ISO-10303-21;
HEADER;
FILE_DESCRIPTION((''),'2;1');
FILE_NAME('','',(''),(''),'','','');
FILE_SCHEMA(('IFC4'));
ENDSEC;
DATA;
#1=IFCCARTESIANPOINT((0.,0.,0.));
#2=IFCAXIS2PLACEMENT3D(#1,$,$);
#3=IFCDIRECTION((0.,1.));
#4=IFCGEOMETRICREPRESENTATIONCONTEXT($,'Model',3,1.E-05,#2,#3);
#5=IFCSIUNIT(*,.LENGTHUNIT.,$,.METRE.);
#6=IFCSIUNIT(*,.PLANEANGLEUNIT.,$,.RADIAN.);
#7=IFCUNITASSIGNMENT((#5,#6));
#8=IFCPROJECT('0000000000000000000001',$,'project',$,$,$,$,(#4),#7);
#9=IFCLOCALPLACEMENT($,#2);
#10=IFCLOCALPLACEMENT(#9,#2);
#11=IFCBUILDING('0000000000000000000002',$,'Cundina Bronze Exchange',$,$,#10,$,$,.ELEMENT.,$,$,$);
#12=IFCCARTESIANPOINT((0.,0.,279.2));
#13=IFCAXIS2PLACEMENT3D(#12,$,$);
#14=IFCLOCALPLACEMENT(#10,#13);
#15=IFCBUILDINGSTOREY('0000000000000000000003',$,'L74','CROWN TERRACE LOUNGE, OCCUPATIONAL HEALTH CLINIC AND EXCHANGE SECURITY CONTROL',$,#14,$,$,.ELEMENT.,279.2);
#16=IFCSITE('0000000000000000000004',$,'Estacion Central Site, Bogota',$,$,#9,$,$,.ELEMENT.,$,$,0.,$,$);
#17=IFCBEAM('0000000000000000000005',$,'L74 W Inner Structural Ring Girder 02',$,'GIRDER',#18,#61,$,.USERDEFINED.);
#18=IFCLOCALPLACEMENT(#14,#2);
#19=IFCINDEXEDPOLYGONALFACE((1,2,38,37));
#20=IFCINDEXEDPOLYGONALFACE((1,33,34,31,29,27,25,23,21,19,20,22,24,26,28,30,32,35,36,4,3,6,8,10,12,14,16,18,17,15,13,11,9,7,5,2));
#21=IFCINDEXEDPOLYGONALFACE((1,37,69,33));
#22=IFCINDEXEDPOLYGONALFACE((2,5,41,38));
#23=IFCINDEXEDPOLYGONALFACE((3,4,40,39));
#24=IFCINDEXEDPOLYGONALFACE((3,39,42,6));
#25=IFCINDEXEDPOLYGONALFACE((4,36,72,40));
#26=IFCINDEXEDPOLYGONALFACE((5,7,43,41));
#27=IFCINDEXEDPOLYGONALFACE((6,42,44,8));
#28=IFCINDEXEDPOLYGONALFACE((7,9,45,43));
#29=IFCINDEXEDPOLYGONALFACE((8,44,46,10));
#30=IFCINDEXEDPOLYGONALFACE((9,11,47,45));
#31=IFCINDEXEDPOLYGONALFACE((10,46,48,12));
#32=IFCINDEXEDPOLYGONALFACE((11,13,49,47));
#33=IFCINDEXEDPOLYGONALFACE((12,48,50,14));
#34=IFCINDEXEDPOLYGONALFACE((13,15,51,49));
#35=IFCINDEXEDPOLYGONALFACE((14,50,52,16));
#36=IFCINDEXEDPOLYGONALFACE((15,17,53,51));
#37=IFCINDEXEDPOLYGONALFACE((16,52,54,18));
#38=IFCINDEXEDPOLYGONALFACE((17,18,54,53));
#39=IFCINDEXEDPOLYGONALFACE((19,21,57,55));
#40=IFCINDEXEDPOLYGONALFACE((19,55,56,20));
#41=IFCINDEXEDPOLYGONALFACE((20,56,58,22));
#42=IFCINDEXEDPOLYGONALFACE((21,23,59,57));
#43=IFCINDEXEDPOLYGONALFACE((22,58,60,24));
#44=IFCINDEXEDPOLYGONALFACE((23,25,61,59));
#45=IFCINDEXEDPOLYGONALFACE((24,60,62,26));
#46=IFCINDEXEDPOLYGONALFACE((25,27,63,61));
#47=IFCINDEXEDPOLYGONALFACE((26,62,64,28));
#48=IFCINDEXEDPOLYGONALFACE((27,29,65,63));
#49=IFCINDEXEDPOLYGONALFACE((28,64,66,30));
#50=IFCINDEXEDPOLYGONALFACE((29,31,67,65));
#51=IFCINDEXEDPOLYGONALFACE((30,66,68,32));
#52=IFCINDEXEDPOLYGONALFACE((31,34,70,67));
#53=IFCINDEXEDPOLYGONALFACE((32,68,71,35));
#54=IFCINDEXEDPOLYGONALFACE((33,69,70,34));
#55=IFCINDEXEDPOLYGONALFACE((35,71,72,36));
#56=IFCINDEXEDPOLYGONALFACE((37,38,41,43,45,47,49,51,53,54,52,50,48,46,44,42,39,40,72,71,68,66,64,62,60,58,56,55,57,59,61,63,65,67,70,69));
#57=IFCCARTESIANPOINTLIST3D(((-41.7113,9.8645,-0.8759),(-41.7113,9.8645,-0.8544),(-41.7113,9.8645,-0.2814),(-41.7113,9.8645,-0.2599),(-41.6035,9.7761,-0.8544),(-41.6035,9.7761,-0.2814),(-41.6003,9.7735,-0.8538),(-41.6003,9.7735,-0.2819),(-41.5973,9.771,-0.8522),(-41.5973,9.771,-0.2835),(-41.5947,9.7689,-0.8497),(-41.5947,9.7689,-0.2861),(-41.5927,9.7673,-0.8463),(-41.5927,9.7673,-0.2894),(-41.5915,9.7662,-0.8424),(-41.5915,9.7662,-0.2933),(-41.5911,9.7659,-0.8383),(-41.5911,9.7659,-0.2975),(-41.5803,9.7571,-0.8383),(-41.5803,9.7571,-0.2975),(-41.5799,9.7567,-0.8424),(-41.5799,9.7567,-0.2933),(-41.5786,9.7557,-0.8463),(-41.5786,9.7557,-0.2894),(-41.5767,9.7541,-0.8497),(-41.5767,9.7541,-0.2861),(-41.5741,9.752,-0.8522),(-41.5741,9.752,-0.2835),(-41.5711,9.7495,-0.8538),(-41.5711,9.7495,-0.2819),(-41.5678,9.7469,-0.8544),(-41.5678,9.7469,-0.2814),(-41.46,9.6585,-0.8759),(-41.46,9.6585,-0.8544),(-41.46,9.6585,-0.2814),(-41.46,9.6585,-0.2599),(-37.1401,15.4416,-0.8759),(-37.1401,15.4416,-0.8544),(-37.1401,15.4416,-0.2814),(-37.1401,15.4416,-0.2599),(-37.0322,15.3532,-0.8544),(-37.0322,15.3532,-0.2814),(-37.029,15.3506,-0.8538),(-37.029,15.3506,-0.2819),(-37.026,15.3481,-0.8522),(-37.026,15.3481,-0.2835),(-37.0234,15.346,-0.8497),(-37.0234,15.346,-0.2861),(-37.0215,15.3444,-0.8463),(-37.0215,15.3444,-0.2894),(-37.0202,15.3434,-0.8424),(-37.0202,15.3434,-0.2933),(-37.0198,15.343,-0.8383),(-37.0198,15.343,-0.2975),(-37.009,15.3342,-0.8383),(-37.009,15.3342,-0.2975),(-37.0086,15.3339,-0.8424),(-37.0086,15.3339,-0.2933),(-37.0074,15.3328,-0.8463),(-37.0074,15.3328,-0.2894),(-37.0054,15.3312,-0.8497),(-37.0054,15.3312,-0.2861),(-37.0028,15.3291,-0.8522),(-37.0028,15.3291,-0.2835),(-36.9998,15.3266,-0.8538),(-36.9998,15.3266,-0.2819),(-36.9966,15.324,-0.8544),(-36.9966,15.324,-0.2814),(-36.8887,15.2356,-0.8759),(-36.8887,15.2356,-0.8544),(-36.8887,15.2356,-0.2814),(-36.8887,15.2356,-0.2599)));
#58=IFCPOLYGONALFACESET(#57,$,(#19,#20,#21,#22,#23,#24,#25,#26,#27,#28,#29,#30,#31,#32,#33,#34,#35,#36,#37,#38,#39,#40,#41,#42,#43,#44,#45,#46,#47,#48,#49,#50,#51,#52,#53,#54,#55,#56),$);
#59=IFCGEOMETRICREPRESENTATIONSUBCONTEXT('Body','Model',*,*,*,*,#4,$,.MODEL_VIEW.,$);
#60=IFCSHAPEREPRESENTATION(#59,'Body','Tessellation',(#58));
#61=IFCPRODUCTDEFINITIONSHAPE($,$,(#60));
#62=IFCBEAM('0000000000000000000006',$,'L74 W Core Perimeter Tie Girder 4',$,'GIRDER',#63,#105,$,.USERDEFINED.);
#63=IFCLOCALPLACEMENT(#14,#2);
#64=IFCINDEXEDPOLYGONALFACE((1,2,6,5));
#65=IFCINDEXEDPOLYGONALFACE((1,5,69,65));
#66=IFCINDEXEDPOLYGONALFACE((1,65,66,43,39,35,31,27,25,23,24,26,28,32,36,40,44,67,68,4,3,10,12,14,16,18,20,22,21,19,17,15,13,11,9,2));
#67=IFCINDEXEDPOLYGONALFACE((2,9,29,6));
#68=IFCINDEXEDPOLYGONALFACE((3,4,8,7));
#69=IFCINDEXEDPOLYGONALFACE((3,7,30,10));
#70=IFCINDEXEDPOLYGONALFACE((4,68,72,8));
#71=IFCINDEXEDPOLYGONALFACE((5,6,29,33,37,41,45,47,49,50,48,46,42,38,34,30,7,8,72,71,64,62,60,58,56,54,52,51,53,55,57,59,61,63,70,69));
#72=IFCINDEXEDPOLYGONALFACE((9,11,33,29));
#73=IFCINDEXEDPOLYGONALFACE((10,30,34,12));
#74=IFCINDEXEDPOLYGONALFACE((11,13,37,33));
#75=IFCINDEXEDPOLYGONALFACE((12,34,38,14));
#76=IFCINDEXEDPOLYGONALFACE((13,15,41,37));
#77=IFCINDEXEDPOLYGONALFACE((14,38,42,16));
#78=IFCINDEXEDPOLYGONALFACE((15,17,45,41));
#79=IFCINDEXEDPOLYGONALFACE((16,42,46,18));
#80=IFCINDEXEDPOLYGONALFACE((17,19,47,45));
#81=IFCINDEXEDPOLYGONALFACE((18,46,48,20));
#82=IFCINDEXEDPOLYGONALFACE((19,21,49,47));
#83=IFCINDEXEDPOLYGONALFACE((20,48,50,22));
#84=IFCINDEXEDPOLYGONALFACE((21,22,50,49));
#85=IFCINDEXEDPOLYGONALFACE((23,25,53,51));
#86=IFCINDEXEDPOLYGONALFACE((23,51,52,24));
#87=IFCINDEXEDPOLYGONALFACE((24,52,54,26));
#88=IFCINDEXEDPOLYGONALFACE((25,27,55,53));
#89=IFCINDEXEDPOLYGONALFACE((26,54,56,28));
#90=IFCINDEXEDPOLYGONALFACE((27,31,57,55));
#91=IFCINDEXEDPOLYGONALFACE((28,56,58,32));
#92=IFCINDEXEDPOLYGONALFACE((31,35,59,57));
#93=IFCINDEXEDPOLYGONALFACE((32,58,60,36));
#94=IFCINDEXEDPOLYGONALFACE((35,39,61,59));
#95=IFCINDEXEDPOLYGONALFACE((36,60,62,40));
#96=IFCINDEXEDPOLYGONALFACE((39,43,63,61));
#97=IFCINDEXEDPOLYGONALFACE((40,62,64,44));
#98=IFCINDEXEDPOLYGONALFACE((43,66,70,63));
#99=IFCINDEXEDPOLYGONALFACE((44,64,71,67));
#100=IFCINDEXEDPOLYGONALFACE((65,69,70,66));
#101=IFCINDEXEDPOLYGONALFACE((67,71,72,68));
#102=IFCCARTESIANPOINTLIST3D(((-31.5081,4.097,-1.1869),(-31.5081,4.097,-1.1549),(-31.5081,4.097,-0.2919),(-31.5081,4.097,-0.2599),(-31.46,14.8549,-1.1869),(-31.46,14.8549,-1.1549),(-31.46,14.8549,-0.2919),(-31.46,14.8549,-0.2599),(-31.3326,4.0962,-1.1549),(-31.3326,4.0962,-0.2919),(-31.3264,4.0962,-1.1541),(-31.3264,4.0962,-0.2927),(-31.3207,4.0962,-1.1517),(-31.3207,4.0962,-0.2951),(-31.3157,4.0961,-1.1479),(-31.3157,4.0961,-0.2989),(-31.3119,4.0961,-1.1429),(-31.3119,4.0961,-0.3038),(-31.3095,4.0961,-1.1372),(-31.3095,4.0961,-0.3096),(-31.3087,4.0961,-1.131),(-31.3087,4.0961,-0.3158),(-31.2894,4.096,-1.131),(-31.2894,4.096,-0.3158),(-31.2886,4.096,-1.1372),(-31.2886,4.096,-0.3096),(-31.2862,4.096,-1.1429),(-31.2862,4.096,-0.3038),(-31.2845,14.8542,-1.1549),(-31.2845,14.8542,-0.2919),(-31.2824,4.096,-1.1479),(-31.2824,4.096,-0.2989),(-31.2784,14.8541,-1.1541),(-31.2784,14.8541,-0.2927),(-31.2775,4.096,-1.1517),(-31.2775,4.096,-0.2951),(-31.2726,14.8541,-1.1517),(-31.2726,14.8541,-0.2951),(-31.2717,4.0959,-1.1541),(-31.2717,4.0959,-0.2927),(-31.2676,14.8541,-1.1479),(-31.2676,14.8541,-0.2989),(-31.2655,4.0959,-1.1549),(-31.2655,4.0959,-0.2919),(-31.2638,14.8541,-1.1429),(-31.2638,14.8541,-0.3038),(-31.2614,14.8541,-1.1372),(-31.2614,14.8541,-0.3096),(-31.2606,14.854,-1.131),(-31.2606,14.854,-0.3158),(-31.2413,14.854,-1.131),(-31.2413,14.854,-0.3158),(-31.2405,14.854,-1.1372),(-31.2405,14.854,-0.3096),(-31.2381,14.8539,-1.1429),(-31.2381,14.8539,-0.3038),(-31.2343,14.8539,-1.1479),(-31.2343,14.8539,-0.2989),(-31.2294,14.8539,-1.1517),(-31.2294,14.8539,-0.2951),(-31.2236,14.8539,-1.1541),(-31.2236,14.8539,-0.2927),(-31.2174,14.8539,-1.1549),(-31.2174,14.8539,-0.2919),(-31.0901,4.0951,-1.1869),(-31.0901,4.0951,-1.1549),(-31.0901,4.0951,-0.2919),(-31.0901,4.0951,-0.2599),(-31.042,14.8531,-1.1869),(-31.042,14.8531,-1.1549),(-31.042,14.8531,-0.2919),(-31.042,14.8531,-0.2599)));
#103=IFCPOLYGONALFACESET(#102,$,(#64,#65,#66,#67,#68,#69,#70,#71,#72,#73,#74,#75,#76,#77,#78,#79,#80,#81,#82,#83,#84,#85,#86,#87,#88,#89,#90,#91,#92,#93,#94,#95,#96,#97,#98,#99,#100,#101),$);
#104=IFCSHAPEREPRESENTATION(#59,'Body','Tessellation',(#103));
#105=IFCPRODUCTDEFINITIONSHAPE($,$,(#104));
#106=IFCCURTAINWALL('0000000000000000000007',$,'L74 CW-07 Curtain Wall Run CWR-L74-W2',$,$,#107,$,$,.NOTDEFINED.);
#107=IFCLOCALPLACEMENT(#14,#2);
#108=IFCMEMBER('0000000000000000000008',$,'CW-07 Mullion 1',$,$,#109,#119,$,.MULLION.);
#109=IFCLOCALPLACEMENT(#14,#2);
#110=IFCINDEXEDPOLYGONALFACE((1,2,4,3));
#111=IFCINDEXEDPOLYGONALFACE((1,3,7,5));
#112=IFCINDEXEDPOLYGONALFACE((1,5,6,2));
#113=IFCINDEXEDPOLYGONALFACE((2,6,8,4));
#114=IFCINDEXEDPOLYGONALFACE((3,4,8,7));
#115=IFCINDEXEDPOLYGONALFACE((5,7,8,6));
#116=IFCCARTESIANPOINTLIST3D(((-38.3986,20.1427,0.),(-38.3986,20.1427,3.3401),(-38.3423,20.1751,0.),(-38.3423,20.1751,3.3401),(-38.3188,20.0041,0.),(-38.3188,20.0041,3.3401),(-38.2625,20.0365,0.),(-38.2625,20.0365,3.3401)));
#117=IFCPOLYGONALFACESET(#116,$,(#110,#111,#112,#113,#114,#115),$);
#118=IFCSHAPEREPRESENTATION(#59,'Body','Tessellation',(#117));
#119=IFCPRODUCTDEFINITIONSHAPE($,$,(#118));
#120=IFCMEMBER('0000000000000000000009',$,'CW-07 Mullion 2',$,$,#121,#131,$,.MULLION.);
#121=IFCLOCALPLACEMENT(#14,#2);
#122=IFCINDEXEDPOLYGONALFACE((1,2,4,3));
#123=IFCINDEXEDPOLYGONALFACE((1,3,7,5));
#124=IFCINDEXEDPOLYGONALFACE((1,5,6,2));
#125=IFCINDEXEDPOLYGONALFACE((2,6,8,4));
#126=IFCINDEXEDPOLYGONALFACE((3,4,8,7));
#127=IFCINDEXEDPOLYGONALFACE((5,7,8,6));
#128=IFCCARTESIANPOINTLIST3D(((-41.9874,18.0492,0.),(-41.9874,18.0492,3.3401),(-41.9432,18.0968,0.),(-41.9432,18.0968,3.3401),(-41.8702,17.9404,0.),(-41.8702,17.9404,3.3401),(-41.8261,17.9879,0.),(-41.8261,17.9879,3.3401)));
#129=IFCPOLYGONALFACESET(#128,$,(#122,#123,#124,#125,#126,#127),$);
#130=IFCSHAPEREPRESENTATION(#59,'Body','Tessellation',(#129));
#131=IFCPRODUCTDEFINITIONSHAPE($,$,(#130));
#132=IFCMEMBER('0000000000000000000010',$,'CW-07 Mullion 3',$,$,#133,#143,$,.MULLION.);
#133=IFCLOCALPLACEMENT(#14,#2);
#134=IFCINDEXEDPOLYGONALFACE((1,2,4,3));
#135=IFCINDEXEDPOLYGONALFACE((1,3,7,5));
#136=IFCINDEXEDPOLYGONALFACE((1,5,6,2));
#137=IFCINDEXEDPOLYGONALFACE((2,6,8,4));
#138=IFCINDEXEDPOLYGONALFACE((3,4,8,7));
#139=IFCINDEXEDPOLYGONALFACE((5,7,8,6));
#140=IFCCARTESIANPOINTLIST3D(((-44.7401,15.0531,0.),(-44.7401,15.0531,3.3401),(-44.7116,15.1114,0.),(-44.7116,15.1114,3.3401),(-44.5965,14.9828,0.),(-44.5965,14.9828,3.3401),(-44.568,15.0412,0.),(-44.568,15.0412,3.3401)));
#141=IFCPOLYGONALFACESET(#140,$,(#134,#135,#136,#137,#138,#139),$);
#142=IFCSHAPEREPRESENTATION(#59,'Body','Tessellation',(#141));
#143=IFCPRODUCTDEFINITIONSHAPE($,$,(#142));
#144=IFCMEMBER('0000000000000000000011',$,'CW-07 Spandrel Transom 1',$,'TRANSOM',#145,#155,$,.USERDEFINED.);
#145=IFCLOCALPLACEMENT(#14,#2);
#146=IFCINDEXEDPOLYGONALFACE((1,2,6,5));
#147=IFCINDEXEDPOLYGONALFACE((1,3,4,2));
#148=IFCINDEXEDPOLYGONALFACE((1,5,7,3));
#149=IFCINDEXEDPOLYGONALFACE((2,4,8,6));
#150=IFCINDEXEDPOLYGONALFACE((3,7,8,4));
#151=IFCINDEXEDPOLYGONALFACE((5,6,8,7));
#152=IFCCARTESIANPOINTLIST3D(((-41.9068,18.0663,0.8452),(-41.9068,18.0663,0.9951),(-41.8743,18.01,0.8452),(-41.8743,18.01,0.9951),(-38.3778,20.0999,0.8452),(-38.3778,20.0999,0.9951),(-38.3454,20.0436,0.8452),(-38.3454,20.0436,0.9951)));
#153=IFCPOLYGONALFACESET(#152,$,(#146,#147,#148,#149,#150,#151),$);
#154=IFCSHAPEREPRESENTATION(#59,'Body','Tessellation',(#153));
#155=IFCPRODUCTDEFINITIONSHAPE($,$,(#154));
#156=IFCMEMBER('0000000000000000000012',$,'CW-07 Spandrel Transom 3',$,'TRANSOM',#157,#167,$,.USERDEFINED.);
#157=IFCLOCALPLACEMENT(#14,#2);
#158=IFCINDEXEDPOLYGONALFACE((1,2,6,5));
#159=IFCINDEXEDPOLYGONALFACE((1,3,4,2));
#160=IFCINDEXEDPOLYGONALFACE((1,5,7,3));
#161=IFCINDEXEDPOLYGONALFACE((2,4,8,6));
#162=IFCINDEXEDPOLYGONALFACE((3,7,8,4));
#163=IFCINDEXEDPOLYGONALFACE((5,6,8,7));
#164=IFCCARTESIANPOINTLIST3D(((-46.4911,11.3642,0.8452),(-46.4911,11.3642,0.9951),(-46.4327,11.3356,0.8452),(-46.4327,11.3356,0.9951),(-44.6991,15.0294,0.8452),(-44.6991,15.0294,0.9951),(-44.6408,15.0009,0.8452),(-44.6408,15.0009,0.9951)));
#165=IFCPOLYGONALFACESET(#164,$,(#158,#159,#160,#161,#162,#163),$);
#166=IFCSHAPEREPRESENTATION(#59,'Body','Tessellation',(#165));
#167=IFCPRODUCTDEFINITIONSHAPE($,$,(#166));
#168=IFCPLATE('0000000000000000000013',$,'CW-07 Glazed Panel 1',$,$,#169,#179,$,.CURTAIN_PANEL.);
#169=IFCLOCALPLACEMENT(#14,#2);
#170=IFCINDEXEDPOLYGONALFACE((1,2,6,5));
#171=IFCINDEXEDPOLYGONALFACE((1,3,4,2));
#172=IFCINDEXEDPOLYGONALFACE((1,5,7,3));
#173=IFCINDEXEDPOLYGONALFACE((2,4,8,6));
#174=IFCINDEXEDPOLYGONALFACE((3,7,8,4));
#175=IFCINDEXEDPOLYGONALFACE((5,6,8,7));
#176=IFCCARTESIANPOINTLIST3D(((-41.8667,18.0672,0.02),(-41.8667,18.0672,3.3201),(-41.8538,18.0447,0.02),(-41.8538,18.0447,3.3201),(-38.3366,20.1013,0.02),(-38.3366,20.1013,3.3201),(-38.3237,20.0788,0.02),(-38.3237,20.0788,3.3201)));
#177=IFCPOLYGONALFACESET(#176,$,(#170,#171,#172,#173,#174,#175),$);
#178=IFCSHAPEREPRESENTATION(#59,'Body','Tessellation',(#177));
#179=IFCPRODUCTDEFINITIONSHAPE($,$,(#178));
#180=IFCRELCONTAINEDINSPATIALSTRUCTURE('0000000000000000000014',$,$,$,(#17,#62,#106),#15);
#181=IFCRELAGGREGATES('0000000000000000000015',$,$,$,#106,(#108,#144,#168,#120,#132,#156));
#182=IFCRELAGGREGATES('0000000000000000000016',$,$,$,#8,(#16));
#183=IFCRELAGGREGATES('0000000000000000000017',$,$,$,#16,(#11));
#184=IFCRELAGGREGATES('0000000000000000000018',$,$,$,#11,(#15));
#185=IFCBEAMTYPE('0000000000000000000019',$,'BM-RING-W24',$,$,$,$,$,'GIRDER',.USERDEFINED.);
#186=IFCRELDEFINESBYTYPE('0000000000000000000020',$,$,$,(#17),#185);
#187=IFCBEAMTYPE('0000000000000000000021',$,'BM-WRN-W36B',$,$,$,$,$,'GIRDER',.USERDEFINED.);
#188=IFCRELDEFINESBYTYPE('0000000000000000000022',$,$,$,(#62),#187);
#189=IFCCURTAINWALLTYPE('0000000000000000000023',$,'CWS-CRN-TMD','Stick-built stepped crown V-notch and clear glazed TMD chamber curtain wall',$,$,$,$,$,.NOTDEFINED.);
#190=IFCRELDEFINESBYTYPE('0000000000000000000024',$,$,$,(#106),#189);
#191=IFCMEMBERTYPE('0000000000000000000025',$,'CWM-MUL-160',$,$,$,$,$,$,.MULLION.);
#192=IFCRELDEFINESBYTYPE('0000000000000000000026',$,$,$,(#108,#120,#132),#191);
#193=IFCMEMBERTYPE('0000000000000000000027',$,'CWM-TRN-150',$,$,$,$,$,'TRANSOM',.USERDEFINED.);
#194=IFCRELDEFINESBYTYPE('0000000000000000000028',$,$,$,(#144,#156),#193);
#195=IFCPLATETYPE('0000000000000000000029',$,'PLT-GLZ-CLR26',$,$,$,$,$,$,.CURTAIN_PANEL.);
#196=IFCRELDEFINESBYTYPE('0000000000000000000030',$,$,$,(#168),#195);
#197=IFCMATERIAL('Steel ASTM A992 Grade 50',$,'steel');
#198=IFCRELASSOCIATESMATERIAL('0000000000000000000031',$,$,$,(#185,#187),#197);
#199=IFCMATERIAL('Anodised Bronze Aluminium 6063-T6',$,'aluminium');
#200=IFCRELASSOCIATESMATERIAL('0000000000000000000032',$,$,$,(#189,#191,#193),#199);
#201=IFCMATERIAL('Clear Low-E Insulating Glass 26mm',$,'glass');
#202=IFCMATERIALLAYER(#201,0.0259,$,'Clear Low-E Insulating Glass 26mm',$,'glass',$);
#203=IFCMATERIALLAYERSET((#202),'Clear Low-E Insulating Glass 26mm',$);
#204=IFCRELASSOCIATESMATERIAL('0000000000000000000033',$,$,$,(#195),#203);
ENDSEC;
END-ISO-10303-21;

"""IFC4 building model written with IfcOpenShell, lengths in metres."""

from ifc_helpers import new_model, si_unit, direction, frame, origin, origin_2d, place, context, subcontext, project, spatial, rectangle, i_section, extrude, material, layer, layer_set, material_profile, profile_set, type_object, element, aggregate, save


model = new_model("IFC4")

# Units and contexts
model_context = context("Model", 3, precision=1e-05, world=origin(), true_north=direction((0.0, 1.0)))
body_context = subcontext(model_context, "Body", "Model", "MODEL_VIEW")
ifc_project = project(units=[si_unit("LENGTHUNIT", "METRE"), si_unit("PLANEANGLEUNIT", "RADIAN")], contexts=[model_context])

# Site, building, storey
site_placement = place(None, origin())
site = spatial("IfcSite", under=ifc_project, at=site_placement, Name="Estacion Central Site, Bogota", CompositionType="ELEMENT", RefElevation=0.0)
building_placement = place(site_placement, origin())
building = spatial("IfcBuilding", under=site, at=building_placement, Name="Cundina Bronze Exchange", CompositionType="ELEMENT")
storey_placement = place(building_placement, frame((0.0, 0.0, 279.2)))
storey = spatial("IfcBuildingStorey", under=building, at=storey_placement, Name="L74", Description="CROWN TERRACE LOUNGE, OCCUPATIONAL HEALTH CLINIC AND EXCHANGE SECURITY CONTROL", CompositionType="ELEMENT", Elevation=279.2)

# Shared definitions
ifc_material_1 = material(Name="Steel ASTM A992 Grade 50", Category="steel")

# Beams
ifc_material_profile_1 = material_profile(ifc_material_1, i_section(OverallWidth=0.325, OverallDepth=0.616, WebThickness=0.0139, FlangeThickness=0.0215, FilletRadius=0.0161, at=origin_2d()), Name="W24X117", Category="steel")
ifc_profile_set_1 = profile_set([ifc_material_profile_1], Name="Steel ASTM A992 Grade 50")
beam_type_1 = type_object("IfcBeamType", Name="BM-RING-W24", ElementType="GIRDER", PredefinedType="USERDEFINED", material=ifc_profile_set_1)
beam_1_placement = place(storey_placement, frame((-37.0144, 15.3386, -0.5679), z_axis=(-0.633916, -0.773402, 0.0), x_axis=(0.773402, -0.633916, 0.0)))
element("IfcBeam", 1, at=beam_1_placement, inside=storey, type_object=beam_type_1, Name="L74 W Inner Structural Ring Girder 02", ObjectType="GIRDER", PredefinedType="USERDEFINED", context=body_context, shape_type="SweptSolid", body=[
    extrude(i_section(OverallWidth=0.325, OverallDepth=0.616, WebThickness=0.0139, FlangeThickness=0.0215, FilletRadius=0.0161, at=origin_2d()), origin(), (0.0, 0.0, 1.0), 7.2112),
])
ifc_material_profile_2 = material_profile(ifc_material_1, i_section(OverallWidth=0.418, OverallDepth=0.927, WebThickness=0.0193, FlangeThickness=0.032, FilletRadius=0.0239, at=origin_2d()), Name="W36X231", Category="steel")
ifc_profile_set_2 = profile_set([ifc_material_profile_2], Name="Steel ASTM A992 Grade 50")
beam_type_2 = type_object("IfcBeamType", Name="BM-WRN-W36B", ElementType="GIRDER", PredefinedType="USERDEFINED", material=ifc_profile_set_2)
beam_2_placement = place(storey_placement, frame((-31.251, 14.854, -0.7234), z_axis=(-0.004471, -0.99999, 0.0), x_axis=(0.99999, -0.004471, 0.0)))
element("IfcBeam", 2, at=beam_2_placement, inside=storey, type_object=beam_type_2, Name="L74 W Core Perimeter Tie Girder 4", ObjectType="GIRDER", PredefinedType="USERDEFINED", context=body_context, shape_type="SweptSolid", body=[
    extrude(i_section(OverallWidth=0.418, OverallDepth=0.927, WebThickness=0.0193, FlangeThickness=0.032, FilletRadius=0.0239, at=origin_2d()), origin(), (0.0, 0.0, 1.0), 10.7581),
])

# Curtain wall, members, plate
ifc_material_2 = material(Name="Anodised Bronze Aluminium 6063-T6", Category="aluminium")
curtain_wall_type = type_object("IfcCurtainWallType", Name="CWS-CRN-TMD", Description="Stick-built stepped crown V-notch and clear glazed TMD chamber curtain wall", PredefinedType="NOTDEFINED", material=ifc_material_2)
curtain_wall_placement = place(storey_placement, origin())
curtain_wall = element("IfcCurtainWall", 3, at=curtain_wall_placement, inside=storey, type_object=curtain_wall_type, Name="L74 CW-07 Curtain Wall Run CWR-L74-W2", PredefinedType="NOTDEFINED")
ifc_material_profile_3 = material_profile(ifc_material_2, rectangle(XDim=0.0649, YDim=0.1599, at=origin_2d()), Name="AL65X160", Category="aluminium")
ifc_profile_set_3 = profile_set([ifc_material_profile_3], Name="Anodised Bronze Aluminium 6063-T6")
member_type_1 = type_object("IfcMemberType", Name="CWM-MUL-160", PredefinedType="MULLION", material=ifc_profile_set_3)
member_1_placement = place(storey_placement, frame((-38.3306, 20.0896, 0.0), z_axis=(0.0, 0.0, 1.0), x_axis=(-0.866461, -0.499244, 0.0)))
member_1 = element("IfcMember", 4, at=member_1_placement, type_object=member_type_1, Name="CW-07 Mullion 1", PredefinedType="MULLION", context=body_context, shape_type="SweptSolid", body=[
    extrude(rectangle(XDim=0.0649, YDim=0.1599, at=origin_2d()), origin(), (0.0, 0.0, 1.0), 3.3401),
])
member_2_placement = place(storey_placement, frame((-41.9067, 18.0186, 0.0), z_axis=(0.0, 0.0, 1.0), x_axis=(-0.680465, -0.73278, 0.0)))
member_2 = element("IfcMember", 5, at=member_2_placement, type_object=member_type_1, Name="CW-07 Mullion 2", PredefinedType="MULLION", context=body_context, shape_type="SweptSolid", body=[
    extrude(rectangle(XDim=0.0649, YDim=0.1599, at=origin_2d()), origin(), (0.0, 0.0, 1.0), 3.3401),
])
member_3_placement = place(storey_placement, frame((-44.6541, 15.0471, 0.0), z_axis=(0.0, 0.0, 1.0), x_axis=(-0.439312, -0.898334, 0.0)))
member_3 = element("IfcMember", 6, at=member_3_placement, type_object=member_type_1, Name="CW-07 Mullion 3", PredefinedType="MULLION", context=body_context, shape_type="SweptSolid", body=[
    extrude(rectangle(XDim=0.0649, YDim=0.1599, at=origin_2d()), origin(), (0.0, 0.0, 1.0), 3.3401),
])
ifc_material_profile_4 = material_profile(ifc_material_2, rectangle(XDim=0.0649, YDim=0.1499, at=origin_2d()), Name="AL65X150", Category="aluminium")
ifc_profile_set_4 = profile_set([ifc_material_profile_4], Name="Anodised Bronze Aluminium 6063-T6")
member_type_2 = type_object("IfcMemberType", Name="CWM-TRN-150", ElementType="TRANSOM", PredefinedType="USERDEFINED", material=ifc_profile_set_4)
member_4_placement = place(storey_placement, frame((-38.3616, 20.0718, 0.9202), z_axis=(-0.86643, -0.499299, 0.0), x_axis=(0.499299, -0.86643, 0.0)))
member_4 = element("IfcMember", 7, at=member_4_placement, type_object=member_type_2, Name="CW-07 Spandrel Transom 1", ObjectType="TRANSOM", PredefinedType="USERDEFINED", context=body_context, shape_type="SweptSolid", body=[
    extrude(rectangle(XDim=0.0649, YDim=0.1499, at=origin_2d()), origin(), (0.0, 0.0, 1.0), 4.073),
])
member_5_placement = place(storey_placement, frame((-44.6699, 15.0151, 0.9202), z_axis=(-0.439225, -0.898377, 0.0), x_axis=(0.898377, -0.439225, 0.0)))
member_5 = element("IfcMember", 8, at=member_5_placement, type_object=member_type_2, Name="CW-07 Spandrel Transom 3", ObjectType="TRANSOM", PredefinedType="USERDEFINED", context=body_context, shape_type="SweptSolid", body=[
    extrude(rectangle(XDim=0.0649, YDim=0.1499, at=origin_2d()), origin(), (0.0, 0.0, 1.0), 4.0798),
])
ifc_material_3 = material(Name="Clear Low-E Insulating Glass 26mm", Category="glass")
ifc_layer_1 = layer(ifc_material_3, 0.0259, Name="Clear Low-E Insulating Glass 26mm", Category="glass")
ifc_layer_set_1 = layer_set([ifc_layer_1], Name="Clear Low-E Insulating Glass 26mm")
plate_type = type_object("IfcPlateType", Name="PLT-GLZ-CLR26", PredefinedType="CURTAIN_PANEL", material=ifc_layer_set_1)
plate_1_placement = place(storey_placement, frame((-40.0952, 19.073, 0.02), z_axis=(0.0, 0.0, 1.0), x_axis=(-0.866453, -0.499259, 0.0)))
plate_1 = element("IfcPlate", 9, at=plate_1_placement, type_object=plate_type, Name="CW-07 Glazed Panel 1", PredefinedType="CURTAIN_PANEL", context=body_context, shape_type="SweptSolid", body=[
    extrude(rectangle(XDim=4.0742, YDim=0.0259, at=origin_2d()), origin(), (0.0, 0.0, 1.0), 3.3),
])
aggregate(curtain_wall, [member_1, member_4, plate_1, member_2, member_3, member_5])

save(model, "model.ifc")
